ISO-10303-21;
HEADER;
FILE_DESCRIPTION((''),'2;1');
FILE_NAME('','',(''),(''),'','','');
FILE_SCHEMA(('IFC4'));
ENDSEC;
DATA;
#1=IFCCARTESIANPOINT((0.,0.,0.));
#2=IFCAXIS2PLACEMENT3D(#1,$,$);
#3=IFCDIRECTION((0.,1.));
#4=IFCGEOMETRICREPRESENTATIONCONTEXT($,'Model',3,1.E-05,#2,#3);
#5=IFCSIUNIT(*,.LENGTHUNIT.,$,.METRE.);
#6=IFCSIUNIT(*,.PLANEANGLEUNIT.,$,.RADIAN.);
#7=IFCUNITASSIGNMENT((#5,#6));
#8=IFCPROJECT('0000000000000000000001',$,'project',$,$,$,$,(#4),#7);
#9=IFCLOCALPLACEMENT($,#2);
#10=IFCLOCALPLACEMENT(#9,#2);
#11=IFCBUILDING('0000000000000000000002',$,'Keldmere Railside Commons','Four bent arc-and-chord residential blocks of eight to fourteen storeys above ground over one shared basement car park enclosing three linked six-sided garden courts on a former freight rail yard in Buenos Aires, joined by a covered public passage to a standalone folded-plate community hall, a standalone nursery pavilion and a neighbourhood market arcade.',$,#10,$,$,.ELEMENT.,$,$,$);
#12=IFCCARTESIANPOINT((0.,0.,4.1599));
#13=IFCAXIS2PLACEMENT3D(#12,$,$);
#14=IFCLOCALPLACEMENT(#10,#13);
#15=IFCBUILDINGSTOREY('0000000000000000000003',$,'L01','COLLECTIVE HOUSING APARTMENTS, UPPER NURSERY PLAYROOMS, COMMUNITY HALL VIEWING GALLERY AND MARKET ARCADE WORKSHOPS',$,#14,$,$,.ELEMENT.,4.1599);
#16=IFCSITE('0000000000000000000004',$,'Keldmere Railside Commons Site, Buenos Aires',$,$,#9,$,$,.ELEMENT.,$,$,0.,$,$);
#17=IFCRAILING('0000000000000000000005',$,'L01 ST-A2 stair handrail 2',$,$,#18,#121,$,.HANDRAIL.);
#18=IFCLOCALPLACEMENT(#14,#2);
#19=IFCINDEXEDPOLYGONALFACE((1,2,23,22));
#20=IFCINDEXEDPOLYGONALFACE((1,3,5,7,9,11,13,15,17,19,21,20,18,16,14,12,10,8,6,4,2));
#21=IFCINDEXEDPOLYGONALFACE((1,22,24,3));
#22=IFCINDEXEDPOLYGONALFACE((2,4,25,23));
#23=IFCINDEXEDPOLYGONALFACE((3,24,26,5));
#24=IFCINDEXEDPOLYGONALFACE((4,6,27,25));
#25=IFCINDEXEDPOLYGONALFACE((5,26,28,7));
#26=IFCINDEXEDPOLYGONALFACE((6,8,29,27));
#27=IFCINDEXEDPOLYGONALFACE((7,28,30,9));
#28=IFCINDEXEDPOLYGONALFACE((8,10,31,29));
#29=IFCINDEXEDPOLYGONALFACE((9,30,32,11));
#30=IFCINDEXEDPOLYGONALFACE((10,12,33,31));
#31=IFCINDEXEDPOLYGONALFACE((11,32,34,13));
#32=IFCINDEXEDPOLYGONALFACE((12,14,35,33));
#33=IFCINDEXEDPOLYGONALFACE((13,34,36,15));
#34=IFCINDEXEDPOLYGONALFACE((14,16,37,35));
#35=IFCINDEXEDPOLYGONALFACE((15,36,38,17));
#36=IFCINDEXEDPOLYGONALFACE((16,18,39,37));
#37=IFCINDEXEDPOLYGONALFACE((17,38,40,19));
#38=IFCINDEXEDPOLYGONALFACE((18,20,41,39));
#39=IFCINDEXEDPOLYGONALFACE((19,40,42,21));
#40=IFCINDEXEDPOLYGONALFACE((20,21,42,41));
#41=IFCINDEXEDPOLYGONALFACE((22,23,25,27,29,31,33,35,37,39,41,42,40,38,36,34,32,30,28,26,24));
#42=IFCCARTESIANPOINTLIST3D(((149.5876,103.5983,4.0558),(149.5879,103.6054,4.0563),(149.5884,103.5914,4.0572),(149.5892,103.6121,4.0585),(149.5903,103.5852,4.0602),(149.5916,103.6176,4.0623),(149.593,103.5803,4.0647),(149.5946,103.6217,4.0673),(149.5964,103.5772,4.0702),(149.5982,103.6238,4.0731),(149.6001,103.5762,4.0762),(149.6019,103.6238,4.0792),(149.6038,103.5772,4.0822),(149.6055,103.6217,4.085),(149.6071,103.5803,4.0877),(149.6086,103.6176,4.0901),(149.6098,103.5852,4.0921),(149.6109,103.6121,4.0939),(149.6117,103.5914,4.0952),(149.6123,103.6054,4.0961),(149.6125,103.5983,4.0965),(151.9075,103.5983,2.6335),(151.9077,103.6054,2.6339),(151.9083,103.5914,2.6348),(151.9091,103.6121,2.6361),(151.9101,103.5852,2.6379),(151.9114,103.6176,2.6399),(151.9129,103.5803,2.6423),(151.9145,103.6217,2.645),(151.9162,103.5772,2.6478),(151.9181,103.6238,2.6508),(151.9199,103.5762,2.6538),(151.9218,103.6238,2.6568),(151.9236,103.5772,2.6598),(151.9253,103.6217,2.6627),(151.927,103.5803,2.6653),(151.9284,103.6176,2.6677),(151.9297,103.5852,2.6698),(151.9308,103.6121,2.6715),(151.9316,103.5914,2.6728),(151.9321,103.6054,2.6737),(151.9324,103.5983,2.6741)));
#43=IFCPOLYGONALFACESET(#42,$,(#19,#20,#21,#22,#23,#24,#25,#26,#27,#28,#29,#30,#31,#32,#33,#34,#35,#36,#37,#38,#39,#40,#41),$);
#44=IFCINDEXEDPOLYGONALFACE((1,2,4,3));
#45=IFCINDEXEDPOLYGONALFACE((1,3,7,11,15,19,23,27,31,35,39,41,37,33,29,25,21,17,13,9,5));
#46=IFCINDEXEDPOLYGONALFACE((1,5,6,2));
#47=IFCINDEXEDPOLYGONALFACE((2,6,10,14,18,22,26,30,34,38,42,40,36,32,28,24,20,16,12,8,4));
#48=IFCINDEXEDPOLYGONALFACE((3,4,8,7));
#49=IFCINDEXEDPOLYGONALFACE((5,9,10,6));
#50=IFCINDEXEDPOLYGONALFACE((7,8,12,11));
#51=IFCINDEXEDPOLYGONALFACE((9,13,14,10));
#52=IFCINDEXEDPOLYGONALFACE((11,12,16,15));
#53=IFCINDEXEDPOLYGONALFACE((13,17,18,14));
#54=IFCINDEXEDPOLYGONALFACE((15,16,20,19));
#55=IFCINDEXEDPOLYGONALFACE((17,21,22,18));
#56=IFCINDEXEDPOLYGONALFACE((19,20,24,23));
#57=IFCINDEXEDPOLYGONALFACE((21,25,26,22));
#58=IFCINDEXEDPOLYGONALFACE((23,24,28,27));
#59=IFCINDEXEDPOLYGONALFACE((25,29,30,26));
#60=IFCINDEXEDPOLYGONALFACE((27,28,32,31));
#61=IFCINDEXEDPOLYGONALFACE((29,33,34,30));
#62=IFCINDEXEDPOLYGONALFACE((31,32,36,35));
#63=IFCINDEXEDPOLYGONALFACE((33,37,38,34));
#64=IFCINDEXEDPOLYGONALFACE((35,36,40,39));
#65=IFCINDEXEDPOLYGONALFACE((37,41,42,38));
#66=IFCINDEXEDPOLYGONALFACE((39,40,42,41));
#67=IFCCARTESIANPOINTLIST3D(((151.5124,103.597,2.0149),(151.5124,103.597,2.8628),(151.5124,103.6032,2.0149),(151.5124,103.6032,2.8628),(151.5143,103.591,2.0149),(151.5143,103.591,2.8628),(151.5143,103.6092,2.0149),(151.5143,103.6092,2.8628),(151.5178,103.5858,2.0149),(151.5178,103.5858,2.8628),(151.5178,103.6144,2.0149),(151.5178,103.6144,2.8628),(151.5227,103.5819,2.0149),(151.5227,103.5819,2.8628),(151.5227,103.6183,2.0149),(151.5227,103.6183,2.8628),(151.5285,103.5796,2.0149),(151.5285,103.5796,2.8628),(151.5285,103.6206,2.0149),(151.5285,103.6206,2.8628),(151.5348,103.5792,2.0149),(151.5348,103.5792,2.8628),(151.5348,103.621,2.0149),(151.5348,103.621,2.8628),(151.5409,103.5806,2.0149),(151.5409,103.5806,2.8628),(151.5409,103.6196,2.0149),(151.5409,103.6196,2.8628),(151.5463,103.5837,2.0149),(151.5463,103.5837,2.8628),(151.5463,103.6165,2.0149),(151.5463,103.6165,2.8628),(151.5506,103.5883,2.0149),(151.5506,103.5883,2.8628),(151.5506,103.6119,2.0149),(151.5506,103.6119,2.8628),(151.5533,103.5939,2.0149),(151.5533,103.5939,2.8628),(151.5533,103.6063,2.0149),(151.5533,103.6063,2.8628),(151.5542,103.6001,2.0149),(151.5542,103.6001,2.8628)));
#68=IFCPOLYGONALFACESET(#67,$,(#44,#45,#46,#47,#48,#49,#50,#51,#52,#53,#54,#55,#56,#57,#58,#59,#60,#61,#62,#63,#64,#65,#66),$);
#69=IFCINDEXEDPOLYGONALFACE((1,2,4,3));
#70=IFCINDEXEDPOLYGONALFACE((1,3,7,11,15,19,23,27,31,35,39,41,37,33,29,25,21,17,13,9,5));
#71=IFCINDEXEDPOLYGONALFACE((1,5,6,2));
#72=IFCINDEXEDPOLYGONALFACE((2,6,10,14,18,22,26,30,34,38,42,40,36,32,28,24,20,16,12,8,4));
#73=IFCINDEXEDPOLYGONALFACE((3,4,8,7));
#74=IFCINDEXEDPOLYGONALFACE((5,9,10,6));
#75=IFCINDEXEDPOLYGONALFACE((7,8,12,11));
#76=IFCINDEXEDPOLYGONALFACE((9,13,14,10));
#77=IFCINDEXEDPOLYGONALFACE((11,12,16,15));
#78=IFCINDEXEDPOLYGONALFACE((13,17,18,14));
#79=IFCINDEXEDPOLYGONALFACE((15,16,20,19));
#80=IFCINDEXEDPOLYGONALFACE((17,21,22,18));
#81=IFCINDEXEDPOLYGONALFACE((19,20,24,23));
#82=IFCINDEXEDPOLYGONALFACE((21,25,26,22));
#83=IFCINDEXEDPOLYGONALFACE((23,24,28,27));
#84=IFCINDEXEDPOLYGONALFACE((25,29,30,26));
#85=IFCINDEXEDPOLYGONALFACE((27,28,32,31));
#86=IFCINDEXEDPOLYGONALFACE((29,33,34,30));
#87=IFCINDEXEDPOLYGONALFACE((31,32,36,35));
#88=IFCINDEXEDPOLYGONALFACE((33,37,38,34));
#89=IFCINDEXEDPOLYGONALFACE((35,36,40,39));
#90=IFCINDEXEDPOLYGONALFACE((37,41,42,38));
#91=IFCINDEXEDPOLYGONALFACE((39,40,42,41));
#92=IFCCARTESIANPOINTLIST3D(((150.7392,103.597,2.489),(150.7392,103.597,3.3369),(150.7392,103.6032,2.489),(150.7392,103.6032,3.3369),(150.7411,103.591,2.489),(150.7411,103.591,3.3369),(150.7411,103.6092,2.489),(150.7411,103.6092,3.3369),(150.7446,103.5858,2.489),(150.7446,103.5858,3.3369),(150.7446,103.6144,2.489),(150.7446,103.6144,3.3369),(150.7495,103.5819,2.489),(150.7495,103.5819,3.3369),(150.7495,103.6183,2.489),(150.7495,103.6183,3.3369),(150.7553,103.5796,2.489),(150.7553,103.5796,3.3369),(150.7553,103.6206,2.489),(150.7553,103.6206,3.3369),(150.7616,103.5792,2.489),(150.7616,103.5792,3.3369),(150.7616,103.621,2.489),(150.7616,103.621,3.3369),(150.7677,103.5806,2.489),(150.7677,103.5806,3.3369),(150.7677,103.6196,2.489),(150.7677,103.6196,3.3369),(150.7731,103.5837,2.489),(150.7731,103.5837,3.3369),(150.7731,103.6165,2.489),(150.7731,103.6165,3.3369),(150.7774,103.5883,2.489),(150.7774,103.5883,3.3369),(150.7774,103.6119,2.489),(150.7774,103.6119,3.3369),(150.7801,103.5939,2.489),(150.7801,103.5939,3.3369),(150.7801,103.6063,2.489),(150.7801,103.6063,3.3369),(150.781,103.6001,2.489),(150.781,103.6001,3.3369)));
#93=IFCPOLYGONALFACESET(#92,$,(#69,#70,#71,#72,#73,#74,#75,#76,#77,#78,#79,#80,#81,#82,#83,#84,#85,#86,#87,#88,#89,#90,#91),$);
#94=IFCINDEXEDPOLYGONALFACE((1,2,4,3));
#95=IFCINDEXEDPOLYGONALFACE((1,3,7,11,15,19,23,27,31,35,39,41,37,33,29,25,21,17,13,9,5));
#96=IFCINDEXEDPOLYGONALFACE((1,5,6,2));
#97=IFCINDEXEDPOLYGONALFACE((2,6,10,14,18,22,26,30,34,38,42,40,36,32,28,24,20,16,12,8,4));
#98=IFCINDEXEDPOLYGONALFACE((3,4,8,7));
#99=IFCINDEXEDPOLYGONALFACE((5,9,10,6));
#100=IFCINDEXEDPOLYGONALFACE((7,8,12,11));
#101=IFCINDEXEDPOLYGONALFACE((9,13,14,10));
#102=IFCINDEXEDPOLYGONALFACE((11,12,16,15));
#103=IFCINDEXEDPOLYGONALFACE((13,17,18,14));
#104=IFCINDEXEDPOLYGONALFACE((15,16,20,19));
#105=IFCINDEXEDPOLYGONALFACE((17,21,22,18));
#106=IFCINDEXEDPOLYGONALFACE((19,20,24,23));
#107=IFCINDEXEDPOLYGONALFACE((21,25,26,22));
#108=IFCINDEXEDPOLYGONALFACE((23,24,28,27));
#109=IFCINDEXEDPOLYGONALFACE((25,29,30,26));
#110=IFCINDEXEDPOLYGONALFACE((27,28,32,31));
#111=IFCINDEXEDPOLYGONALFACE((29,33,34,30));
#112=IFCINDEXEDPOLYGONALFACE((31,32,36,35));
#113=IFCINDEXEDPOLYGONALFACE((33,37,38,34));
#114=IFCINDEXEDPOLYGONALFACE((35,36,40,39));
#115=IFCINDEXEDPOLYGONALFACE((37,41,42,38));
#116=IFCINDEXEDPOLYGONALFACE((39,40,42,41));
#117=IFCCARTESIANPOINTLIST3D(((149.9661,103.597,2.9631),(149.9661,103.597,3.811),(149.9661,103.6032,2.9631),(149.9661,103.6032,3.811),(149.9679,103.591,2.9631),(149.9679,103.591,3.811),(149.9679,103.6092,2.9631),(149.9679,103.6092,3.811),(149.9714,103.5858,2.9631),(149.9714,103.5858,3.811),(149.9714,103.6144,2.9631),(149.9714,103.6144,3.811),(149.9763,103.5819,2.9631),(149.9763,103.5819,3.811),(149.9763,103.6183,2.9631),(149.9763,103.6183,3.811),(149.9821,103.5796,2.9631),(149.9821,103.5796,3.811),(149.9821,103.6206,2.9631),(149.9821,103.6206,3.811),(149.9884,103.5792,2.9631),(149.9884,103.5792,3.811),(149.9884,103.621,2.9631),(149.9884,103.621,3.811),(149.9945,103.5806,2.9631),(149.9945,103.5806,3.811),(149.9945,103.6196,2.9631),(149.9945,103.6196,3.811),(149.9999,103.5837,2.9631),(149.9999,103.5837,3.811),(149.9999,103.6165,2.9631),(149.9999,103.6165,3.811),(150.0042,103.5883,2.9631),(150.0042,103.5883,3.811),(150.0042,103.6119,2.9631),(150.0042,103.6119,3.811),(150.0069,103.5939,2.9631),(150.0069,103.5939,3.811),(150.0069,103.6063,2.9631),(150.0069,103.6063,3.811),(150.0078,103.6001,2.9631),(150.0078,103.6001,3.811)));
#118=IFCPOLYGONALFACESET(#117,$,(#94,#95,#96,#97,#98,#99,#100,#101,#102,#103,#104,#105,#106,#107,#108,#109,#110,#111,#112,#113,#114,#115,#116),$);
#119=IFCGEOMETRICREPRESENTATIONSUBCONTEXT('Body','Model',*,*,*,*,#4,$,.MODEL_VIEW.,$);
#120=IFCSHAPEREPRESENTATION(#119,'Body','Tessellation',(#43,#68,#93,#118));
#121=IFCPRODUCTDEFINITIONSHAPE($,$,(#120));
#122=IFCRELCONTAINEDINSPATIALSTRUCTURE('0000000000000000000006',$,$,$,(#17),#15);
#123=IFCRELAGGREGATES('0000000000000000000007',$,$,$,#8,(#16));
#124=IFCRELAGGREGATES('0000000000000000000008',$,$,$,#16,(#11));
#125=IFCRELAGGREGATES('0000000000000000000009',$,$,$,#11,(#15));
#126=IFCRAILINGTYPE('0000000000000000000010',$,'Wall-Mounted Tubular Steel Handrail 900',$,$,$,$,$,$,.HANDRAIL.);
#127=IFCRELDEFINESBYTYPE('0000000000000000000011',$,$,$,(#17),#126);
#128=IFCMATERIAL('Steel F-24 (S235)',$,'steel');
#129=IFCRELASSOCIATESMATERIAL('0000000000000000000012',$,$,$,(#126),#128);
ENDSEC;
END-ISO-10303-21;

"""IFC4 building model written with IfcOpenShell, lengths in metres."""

from ifc_helpers import new_model, si_unit, direction, frame, origin, origin_2d, place, context, subcontext, project, spatial, circle, extrude, material, type_object, element, save


model = new_model("IFC4")

# Units and contexts
model_context = context("Model", 3, precision=1e-05, world=origin(), true_north=direction((0.0, 1.0)))
body_context = subcontext(model_context, "Body", "Model", "MODEL_VIEW")
ifc_project = project(units=[si_unit("LENGTHUNIT", "METRE"), si_unit("PLANEANGLEUNIT", "RADIAN")], contexts=[model_context])

# Site, building, storey
site_placement = place(None, origin())
site = spatial("IfcSite", under=ifc_project, at=site_placement, Name="Keldmere Railside Commons Site, Buenos Aires", CompositionType="ELEMENT", RefElevation=0.0)
building_placement = place(site_placement, origin())
building = spatial("IfcBuilding", under=site, at=building_placement, Name="Keldmere Railside Commons", Description="Four bent arc-and-chord residential blocks of eight to fourteen storeys above ground over one shared basement car park enclosing three linked six-sided garden courts on a former freight rail yard in Buenos Aires, joined by a covered public passage to a standalone folded-plate community hall, a standalone nursery pavilion and a neighbourhood market arcade.", CompositionType="ELEMENT")
storey_placement = place(building_placement, frame((0.0, 0.0, 4.1599)))
storey = spatial("IfcBuildingStorey", under=building, at=storey_placement, Name="L01", Description="COLLECTIVE HOUSING APARTMENTS, UPPER NURSERY PLAYROOMS, COMMUNITY HALL VIEWING GALLERY AND MARKET ARCADE WORKSHOPS", CompositionType="ELEMENT", Elevation=4.1599)

# Shared definitions
ifc_material_1 = material(Name="Steel F-24 (S235)", Category="steel")

# Railing
railing_type_1 = type_object("IfcRailingType", Name="Wall-Mounted Tubular Steel Handrail 900", PredefinedType="HANDRAIL", material=ifc_material_1)
railing_1_placement = place(storey_placement, frame((151.9199, 103.6001, 1.7778)))
element("IfcRailing", 1, at=railing_1_placement, inside=storey, type_object=railing_type_1, Name="L01 ST-A2 stair handrail 2", PredefinedType="HANDRAIL", context=body_context, shape_type="SweptSolid", body=[
    extrude(circle(Radius=0.0239, at=origin_2d()), frame((0.0, 0.0, 0.876), z_axis=(-0.852514, 0.0, 0.522705), x_axis=(0.0, -1.0, 0.0)), (0.0, 0.0, 1.0), 2.7212),
    extrude(circle(Radius=0.021, at=origin_2d()), frame((-0.3867, 0.0, 0.2371)), (0.0, 0.0, 1.0), 0.8479),
    extrude(circle(Radius=0.021, at=origin_2d()), frame((-1.1599, 0.0, 0.7112)), (0.0, 0.0, 1.0), 0.8479),
    extrude(circle(Radius=0.021, at=origin_2d()), frame((-1.9331, 0.0, 1.1853)), (0.0, 0.0, 1.0), 0.8479),
])

save(model, "model.ifc")
